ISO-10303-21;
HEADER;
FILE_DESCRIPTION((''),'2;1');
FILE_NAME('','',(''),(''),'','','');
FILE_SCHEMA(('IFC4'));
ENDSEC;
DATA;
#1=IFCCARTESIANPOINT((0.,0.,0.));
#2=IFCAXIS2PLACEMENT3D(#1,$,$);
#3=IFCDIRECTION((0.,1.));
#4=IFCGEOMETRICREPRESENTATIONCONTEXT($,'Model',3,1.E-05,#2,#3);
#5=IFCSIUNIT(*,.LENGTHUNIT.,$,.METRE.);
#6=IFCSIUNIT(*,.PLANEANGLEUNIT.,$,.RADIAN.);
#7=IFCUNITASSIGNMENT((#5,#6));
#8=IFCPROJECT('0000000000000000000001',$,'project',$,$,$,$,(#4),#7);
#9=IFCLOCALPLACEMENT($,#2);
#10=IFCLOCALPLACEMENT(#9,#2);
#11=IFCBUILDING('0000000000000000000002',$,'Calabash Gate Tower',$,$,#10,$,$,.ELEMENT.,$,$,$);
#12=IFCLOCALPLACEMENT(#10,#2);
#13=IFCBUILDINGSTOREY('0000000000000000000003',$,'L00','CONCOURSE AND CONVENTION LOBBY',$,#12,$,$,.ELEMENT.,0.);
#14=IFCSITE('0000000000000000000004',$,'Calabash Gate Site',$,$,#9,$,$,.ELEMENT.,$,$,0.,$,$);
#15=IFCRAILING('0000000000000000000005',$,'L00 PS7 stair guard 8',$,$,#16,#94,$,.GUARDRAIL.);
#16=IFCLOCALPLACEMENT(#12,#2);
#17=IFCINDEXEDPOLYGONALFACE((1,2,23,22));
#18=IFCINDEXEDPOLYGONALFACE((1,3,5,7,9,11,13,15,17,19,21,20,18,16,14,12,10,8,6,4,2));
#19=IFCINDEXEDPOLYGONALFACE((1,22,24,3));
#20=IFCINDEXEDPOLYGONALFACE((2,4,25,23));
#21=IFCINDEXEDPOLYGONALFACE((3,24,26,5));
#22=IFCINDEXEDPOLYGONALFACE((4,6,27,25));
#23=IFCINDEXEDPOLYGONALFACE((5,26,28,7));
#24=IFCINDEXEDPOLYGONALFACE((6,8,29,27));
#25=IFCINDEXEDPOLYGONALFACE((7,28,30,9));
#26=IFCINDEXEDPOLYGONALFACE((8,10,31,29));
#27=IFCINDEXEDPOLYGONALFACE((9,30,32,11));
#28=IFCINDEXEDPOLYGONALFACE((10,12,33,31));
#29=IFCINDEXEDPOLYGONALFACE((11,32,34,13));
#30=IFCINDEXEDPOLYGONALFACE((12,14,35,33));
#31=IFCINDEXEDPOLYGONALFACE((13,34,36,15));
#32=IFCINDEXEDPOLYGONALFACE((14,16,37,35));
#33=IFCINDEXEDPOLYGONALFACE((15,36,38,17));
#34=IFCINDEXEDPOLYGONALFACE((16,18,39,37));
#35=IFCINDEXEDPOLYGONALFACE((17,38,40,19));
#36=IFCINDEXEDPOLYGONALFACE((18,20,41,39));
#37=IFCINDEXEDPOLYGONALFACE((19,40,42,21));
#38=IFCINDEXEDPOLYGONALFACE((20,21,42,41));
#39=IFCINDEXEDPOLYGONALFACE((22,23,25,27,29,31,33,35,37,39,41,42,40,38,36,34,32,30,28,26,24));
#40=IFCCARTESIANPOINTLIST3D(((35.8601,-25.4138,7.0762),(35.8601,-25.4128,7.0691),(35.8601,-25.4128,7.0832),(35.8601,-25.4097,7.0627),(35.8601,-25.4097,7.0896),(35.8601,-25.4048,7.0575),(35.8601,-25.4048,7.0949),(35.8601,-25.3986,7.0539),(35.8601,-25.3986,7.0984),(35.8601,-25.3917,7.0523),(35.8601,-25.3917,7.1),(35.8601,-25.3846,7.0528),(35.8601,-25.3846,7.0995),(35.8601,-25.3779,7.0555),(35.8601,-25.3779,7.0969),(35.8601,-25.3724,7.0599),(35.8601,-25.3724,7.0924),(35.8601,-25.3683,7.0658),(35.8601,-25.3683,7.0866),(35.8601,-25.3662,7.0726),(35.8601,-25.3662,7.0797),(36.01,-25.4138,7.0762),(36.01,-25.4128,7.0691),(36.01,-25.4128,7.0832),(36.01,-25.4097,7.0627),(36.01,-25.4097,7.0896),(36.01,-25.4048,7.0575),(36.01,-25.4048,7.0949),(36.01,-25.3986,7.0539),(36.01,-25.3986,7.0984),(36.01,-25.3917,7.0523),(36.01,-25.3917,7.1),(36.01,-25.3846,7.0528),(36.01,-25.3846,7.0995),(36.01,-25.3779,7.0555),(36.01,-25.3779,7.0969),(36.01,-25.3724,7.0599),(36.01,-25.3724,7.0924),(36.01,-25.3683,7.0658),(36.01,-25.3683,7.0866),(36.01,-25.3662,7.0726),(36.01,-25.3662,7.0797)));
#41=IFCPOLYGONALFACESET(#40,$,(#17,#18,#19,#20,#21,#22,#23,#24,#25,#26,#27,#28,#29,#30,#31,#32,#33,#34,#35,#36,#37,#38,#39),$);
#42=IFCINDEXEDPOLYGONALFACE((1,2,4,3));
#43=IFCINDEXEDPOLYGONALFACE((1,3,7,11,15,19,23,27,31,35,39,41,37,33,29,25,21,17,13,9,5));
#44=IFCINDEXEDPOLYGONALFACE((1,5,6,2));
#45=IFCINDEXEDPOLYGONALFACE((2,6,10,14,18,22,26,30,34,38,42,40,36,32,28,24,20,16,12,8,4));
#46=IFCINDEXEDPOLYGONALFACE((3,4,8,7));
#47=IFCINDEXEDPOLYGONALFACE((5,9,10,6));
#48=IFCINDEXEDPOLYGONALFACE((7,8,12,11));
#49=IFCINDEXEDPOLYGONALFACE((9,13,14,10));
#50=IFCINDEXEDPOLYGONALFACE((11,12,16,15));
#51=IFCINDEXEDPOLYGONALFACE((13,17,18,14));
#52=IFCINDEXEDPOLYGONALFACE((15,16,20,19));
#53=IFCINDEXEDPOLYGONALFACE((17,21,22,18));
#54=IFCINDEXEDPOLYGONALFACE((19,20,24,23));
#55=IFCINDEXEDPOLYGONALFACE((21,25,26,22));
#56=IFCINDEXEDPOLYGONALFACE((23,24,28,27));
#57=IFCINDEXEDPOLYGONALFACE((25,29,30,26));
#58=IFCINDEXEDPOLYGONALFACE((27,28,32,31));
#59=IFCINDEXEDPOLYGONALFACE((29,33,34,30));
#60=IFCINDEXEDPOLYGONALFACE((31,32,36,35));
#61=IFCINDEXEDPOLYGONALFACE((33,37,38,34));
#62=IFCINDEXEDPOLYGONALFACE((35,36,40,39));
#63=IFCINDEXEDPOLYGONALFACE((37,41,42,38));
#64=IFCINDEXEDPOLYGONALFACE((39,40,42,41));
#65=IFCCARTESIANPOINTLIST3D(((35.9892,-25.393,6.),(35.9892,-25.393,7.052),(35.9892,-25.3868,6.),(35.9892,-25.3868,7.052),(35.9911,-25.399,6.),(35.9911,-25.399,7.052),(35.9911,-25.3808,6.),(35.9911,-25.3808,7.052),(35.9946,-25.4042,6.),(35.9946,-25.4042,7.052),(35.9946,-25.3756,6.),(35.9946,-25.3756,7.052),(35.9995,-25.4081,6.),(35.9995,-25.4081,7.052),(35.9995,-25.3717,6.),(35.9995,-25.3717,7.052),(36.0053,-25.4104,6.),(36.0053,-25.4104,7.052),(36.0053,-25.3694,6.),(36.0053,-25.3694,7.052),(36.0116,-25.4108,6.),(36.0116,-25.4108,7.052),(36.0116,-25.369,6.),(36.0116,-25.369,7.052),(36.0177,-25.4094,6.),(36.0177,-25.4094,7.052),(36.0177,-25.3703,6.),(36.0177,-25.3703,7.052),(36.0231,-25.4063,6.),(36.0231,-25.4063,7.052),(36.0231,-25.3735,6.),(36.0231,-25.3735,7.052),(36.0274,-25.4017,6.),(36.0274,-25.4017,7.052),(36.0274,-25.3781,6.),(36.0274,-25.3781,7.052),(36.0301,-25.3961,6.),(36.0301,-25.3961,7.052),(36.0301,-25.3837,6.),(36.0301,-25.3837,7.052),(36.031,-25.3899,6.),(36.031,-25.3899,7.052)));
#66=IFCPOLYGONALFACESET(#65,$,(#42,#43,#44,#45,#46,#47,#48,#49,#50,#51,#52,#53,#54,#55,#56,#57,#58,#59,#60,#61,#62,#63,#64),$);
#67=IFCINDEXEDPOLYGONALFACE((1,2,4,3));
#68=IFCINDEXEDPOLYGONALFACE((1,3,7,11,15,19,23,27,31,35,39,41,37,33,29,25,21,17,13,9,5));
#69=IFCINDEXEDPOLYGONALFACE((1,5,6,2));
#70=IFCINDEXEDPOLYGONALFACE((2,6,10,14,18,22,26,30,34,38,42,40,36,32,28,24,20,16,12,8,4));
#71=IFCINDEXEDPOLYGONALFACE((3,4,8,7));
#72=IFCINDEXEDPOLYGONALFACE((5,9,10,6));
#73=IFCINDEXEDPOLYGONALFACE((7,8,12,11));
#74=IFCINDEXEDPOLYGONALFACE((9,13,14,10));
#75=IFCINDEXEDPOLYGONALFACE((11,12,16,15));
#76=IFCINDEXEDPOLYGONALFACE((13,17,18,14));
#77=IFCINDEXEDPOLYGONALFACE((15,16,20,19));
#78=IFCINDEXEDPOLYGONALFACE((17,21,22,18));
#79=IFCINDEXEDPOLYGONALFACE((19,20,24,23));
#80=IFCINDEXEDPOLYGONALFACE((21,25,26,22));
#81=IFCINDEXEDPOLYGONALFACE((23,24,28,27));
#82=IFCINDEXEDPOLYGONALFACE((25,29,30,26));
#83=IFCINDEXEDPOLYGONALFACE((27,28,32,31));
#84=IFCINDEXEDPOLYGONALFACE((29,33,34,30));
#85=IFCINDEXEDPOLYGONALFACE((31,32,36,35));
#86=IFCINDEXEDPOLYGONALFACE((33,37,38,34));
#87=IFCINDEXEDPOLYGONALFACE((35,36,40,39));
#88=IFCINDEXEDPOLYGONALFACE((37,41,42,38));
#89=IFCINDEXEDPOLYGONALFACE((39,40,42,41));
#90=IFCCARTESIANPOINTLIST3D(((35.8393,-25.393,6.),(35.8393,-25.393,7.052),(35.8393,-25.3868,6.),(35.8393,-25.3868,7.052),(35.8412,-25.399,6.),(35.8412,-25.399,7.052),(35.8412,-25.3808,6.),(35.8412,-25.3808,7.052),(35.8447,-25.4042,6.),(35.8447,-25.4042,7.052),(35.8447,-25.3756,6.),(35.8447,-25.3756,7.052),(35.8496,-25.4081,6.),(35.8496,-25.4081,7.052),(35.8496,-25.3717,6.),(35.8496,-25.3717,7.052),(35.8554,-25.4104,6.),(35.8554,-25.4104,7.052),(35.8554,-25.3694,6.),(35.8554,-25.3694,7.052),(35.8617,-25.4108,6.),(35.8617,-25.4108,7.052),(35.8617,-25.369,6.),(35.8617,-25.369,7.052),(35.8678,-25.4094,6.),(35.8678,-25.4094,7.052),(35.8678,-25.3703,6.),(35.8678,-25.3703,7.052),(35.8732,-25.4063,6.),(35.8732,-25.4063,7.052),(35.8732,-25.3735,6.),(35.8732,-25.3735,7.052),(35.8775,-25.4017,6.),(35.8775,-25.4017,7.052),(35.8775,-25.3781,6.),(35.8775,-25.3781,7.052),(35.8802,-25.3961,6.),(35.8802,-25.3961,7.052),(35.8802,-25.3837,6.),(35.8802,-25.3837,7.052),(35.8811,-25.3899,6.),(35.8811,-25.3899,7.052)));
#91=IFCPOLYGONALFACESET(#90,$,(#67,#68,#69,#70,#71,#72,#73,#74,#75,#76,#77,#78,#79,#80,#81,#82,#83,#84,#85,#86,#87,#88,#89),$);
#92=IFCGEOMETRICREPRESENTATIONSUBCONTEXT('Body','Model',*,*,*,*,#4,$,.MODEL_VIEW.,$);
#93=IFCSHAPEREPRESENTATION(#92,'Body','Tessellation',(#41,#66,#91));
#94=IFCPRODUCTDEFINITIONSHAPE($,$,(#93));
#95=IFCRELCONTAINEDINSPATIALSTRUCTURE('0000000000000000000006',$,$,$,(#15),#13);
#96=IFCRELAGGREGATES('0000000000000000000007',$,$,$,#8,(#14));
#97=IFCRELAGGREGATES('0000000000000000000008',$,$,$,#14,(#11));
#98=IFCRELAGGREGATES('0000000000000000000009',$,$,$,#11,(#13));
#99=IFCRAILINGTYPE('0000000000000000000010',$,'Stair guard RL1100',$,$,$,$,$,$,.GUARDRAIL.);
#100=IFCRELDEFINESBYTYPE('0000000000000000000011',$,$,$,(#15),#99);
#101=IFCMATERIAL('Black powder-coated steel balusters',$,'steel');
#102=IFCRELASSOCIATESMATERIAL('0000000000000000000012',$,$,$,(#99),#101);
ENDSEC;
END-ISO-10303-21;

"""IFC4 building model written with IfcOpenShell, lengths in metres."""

from ifc_helpers import new_model, si_unit, direction, frame, origin, origin_2d, place, context, subcontext, project, spatial, circle, extrude, material, type_object, element, save


model = new_model("IFC4")

# Units and contexts
model_context = context("Model", 3, precision=1e-05, world=origin(), true_north=direction((0.0, 1.0)))
body_context = subcontext(model_context, "Body", "Model", "MODEL_VIEW")
ifc_project = project(units=[si_unit("LENGTHUNIT", "METRE"), si_unit("PLANEANGLEUNIT", "RADIAN")], contexts=[model_context])

# Site, building, storey
site_placement = place(None, origin())
site = spatial("IfcSite", under=ifc_project, at=site_placement, Name="Calabash Gate Site", CompositionType="ELEMENT", RefElevation=0.0)
building_placement = place(site_placement, origin())
building = spatial("IfcBuilding", under=site, at=building_placement, Name="Calabash Gate Tower", CompositionType="ELEMENT")
storey_placement = place(building_placement, origin())
storey = spatial("IfcBuildingStorey", under=building, at=storey_placement, Name="L00", Description="CONCOURSE AND CONVENTION LOBBY", CompositionType="ELEMENT", Elevation=0.0)

# Railing
ifc_material_1 = material(Name="Black powder-coated steel balusters", Category="steel")
railing_type_1 = type_object("IfcRailingType", Name="Stair guard RL1100", PredefinedType="GUARDRAIL", material=ifc_material_1)
railing_1_placement = place(storey_placement, frame((36.01, -25.3899, 6.0)))
element("IfcRailing", 1, at=railing_1_placement, inside=storey, type_object=railing_type_1, Name="L00 PS7 stair guard 8", PredefinedType="GUARDRAIL", context=body_context, shape_type="SweptSolid", body=[
    extrude(circle(Radius=0.0239, at=origin_2d()), frame((0.0, 0.0, 1.0762), z_axis=(-1.0, 0.0, 0.0), x_axis=(0.0, -1.0, 0.0)), (0.0, 0.0, 1.0), 0.1499),
    extrude(circle(Radius=0.021, at=origin_2d()), origin(), (0.0, 0.0, 1.0), 1.052),
    extrude(circle(Radius=0.021, at=origin_2d()), frame((-0.1499, 0.0, 0.0)), (0.0, 0.0, 1.0), 1.052),
])

save(model, "model.ifc")
